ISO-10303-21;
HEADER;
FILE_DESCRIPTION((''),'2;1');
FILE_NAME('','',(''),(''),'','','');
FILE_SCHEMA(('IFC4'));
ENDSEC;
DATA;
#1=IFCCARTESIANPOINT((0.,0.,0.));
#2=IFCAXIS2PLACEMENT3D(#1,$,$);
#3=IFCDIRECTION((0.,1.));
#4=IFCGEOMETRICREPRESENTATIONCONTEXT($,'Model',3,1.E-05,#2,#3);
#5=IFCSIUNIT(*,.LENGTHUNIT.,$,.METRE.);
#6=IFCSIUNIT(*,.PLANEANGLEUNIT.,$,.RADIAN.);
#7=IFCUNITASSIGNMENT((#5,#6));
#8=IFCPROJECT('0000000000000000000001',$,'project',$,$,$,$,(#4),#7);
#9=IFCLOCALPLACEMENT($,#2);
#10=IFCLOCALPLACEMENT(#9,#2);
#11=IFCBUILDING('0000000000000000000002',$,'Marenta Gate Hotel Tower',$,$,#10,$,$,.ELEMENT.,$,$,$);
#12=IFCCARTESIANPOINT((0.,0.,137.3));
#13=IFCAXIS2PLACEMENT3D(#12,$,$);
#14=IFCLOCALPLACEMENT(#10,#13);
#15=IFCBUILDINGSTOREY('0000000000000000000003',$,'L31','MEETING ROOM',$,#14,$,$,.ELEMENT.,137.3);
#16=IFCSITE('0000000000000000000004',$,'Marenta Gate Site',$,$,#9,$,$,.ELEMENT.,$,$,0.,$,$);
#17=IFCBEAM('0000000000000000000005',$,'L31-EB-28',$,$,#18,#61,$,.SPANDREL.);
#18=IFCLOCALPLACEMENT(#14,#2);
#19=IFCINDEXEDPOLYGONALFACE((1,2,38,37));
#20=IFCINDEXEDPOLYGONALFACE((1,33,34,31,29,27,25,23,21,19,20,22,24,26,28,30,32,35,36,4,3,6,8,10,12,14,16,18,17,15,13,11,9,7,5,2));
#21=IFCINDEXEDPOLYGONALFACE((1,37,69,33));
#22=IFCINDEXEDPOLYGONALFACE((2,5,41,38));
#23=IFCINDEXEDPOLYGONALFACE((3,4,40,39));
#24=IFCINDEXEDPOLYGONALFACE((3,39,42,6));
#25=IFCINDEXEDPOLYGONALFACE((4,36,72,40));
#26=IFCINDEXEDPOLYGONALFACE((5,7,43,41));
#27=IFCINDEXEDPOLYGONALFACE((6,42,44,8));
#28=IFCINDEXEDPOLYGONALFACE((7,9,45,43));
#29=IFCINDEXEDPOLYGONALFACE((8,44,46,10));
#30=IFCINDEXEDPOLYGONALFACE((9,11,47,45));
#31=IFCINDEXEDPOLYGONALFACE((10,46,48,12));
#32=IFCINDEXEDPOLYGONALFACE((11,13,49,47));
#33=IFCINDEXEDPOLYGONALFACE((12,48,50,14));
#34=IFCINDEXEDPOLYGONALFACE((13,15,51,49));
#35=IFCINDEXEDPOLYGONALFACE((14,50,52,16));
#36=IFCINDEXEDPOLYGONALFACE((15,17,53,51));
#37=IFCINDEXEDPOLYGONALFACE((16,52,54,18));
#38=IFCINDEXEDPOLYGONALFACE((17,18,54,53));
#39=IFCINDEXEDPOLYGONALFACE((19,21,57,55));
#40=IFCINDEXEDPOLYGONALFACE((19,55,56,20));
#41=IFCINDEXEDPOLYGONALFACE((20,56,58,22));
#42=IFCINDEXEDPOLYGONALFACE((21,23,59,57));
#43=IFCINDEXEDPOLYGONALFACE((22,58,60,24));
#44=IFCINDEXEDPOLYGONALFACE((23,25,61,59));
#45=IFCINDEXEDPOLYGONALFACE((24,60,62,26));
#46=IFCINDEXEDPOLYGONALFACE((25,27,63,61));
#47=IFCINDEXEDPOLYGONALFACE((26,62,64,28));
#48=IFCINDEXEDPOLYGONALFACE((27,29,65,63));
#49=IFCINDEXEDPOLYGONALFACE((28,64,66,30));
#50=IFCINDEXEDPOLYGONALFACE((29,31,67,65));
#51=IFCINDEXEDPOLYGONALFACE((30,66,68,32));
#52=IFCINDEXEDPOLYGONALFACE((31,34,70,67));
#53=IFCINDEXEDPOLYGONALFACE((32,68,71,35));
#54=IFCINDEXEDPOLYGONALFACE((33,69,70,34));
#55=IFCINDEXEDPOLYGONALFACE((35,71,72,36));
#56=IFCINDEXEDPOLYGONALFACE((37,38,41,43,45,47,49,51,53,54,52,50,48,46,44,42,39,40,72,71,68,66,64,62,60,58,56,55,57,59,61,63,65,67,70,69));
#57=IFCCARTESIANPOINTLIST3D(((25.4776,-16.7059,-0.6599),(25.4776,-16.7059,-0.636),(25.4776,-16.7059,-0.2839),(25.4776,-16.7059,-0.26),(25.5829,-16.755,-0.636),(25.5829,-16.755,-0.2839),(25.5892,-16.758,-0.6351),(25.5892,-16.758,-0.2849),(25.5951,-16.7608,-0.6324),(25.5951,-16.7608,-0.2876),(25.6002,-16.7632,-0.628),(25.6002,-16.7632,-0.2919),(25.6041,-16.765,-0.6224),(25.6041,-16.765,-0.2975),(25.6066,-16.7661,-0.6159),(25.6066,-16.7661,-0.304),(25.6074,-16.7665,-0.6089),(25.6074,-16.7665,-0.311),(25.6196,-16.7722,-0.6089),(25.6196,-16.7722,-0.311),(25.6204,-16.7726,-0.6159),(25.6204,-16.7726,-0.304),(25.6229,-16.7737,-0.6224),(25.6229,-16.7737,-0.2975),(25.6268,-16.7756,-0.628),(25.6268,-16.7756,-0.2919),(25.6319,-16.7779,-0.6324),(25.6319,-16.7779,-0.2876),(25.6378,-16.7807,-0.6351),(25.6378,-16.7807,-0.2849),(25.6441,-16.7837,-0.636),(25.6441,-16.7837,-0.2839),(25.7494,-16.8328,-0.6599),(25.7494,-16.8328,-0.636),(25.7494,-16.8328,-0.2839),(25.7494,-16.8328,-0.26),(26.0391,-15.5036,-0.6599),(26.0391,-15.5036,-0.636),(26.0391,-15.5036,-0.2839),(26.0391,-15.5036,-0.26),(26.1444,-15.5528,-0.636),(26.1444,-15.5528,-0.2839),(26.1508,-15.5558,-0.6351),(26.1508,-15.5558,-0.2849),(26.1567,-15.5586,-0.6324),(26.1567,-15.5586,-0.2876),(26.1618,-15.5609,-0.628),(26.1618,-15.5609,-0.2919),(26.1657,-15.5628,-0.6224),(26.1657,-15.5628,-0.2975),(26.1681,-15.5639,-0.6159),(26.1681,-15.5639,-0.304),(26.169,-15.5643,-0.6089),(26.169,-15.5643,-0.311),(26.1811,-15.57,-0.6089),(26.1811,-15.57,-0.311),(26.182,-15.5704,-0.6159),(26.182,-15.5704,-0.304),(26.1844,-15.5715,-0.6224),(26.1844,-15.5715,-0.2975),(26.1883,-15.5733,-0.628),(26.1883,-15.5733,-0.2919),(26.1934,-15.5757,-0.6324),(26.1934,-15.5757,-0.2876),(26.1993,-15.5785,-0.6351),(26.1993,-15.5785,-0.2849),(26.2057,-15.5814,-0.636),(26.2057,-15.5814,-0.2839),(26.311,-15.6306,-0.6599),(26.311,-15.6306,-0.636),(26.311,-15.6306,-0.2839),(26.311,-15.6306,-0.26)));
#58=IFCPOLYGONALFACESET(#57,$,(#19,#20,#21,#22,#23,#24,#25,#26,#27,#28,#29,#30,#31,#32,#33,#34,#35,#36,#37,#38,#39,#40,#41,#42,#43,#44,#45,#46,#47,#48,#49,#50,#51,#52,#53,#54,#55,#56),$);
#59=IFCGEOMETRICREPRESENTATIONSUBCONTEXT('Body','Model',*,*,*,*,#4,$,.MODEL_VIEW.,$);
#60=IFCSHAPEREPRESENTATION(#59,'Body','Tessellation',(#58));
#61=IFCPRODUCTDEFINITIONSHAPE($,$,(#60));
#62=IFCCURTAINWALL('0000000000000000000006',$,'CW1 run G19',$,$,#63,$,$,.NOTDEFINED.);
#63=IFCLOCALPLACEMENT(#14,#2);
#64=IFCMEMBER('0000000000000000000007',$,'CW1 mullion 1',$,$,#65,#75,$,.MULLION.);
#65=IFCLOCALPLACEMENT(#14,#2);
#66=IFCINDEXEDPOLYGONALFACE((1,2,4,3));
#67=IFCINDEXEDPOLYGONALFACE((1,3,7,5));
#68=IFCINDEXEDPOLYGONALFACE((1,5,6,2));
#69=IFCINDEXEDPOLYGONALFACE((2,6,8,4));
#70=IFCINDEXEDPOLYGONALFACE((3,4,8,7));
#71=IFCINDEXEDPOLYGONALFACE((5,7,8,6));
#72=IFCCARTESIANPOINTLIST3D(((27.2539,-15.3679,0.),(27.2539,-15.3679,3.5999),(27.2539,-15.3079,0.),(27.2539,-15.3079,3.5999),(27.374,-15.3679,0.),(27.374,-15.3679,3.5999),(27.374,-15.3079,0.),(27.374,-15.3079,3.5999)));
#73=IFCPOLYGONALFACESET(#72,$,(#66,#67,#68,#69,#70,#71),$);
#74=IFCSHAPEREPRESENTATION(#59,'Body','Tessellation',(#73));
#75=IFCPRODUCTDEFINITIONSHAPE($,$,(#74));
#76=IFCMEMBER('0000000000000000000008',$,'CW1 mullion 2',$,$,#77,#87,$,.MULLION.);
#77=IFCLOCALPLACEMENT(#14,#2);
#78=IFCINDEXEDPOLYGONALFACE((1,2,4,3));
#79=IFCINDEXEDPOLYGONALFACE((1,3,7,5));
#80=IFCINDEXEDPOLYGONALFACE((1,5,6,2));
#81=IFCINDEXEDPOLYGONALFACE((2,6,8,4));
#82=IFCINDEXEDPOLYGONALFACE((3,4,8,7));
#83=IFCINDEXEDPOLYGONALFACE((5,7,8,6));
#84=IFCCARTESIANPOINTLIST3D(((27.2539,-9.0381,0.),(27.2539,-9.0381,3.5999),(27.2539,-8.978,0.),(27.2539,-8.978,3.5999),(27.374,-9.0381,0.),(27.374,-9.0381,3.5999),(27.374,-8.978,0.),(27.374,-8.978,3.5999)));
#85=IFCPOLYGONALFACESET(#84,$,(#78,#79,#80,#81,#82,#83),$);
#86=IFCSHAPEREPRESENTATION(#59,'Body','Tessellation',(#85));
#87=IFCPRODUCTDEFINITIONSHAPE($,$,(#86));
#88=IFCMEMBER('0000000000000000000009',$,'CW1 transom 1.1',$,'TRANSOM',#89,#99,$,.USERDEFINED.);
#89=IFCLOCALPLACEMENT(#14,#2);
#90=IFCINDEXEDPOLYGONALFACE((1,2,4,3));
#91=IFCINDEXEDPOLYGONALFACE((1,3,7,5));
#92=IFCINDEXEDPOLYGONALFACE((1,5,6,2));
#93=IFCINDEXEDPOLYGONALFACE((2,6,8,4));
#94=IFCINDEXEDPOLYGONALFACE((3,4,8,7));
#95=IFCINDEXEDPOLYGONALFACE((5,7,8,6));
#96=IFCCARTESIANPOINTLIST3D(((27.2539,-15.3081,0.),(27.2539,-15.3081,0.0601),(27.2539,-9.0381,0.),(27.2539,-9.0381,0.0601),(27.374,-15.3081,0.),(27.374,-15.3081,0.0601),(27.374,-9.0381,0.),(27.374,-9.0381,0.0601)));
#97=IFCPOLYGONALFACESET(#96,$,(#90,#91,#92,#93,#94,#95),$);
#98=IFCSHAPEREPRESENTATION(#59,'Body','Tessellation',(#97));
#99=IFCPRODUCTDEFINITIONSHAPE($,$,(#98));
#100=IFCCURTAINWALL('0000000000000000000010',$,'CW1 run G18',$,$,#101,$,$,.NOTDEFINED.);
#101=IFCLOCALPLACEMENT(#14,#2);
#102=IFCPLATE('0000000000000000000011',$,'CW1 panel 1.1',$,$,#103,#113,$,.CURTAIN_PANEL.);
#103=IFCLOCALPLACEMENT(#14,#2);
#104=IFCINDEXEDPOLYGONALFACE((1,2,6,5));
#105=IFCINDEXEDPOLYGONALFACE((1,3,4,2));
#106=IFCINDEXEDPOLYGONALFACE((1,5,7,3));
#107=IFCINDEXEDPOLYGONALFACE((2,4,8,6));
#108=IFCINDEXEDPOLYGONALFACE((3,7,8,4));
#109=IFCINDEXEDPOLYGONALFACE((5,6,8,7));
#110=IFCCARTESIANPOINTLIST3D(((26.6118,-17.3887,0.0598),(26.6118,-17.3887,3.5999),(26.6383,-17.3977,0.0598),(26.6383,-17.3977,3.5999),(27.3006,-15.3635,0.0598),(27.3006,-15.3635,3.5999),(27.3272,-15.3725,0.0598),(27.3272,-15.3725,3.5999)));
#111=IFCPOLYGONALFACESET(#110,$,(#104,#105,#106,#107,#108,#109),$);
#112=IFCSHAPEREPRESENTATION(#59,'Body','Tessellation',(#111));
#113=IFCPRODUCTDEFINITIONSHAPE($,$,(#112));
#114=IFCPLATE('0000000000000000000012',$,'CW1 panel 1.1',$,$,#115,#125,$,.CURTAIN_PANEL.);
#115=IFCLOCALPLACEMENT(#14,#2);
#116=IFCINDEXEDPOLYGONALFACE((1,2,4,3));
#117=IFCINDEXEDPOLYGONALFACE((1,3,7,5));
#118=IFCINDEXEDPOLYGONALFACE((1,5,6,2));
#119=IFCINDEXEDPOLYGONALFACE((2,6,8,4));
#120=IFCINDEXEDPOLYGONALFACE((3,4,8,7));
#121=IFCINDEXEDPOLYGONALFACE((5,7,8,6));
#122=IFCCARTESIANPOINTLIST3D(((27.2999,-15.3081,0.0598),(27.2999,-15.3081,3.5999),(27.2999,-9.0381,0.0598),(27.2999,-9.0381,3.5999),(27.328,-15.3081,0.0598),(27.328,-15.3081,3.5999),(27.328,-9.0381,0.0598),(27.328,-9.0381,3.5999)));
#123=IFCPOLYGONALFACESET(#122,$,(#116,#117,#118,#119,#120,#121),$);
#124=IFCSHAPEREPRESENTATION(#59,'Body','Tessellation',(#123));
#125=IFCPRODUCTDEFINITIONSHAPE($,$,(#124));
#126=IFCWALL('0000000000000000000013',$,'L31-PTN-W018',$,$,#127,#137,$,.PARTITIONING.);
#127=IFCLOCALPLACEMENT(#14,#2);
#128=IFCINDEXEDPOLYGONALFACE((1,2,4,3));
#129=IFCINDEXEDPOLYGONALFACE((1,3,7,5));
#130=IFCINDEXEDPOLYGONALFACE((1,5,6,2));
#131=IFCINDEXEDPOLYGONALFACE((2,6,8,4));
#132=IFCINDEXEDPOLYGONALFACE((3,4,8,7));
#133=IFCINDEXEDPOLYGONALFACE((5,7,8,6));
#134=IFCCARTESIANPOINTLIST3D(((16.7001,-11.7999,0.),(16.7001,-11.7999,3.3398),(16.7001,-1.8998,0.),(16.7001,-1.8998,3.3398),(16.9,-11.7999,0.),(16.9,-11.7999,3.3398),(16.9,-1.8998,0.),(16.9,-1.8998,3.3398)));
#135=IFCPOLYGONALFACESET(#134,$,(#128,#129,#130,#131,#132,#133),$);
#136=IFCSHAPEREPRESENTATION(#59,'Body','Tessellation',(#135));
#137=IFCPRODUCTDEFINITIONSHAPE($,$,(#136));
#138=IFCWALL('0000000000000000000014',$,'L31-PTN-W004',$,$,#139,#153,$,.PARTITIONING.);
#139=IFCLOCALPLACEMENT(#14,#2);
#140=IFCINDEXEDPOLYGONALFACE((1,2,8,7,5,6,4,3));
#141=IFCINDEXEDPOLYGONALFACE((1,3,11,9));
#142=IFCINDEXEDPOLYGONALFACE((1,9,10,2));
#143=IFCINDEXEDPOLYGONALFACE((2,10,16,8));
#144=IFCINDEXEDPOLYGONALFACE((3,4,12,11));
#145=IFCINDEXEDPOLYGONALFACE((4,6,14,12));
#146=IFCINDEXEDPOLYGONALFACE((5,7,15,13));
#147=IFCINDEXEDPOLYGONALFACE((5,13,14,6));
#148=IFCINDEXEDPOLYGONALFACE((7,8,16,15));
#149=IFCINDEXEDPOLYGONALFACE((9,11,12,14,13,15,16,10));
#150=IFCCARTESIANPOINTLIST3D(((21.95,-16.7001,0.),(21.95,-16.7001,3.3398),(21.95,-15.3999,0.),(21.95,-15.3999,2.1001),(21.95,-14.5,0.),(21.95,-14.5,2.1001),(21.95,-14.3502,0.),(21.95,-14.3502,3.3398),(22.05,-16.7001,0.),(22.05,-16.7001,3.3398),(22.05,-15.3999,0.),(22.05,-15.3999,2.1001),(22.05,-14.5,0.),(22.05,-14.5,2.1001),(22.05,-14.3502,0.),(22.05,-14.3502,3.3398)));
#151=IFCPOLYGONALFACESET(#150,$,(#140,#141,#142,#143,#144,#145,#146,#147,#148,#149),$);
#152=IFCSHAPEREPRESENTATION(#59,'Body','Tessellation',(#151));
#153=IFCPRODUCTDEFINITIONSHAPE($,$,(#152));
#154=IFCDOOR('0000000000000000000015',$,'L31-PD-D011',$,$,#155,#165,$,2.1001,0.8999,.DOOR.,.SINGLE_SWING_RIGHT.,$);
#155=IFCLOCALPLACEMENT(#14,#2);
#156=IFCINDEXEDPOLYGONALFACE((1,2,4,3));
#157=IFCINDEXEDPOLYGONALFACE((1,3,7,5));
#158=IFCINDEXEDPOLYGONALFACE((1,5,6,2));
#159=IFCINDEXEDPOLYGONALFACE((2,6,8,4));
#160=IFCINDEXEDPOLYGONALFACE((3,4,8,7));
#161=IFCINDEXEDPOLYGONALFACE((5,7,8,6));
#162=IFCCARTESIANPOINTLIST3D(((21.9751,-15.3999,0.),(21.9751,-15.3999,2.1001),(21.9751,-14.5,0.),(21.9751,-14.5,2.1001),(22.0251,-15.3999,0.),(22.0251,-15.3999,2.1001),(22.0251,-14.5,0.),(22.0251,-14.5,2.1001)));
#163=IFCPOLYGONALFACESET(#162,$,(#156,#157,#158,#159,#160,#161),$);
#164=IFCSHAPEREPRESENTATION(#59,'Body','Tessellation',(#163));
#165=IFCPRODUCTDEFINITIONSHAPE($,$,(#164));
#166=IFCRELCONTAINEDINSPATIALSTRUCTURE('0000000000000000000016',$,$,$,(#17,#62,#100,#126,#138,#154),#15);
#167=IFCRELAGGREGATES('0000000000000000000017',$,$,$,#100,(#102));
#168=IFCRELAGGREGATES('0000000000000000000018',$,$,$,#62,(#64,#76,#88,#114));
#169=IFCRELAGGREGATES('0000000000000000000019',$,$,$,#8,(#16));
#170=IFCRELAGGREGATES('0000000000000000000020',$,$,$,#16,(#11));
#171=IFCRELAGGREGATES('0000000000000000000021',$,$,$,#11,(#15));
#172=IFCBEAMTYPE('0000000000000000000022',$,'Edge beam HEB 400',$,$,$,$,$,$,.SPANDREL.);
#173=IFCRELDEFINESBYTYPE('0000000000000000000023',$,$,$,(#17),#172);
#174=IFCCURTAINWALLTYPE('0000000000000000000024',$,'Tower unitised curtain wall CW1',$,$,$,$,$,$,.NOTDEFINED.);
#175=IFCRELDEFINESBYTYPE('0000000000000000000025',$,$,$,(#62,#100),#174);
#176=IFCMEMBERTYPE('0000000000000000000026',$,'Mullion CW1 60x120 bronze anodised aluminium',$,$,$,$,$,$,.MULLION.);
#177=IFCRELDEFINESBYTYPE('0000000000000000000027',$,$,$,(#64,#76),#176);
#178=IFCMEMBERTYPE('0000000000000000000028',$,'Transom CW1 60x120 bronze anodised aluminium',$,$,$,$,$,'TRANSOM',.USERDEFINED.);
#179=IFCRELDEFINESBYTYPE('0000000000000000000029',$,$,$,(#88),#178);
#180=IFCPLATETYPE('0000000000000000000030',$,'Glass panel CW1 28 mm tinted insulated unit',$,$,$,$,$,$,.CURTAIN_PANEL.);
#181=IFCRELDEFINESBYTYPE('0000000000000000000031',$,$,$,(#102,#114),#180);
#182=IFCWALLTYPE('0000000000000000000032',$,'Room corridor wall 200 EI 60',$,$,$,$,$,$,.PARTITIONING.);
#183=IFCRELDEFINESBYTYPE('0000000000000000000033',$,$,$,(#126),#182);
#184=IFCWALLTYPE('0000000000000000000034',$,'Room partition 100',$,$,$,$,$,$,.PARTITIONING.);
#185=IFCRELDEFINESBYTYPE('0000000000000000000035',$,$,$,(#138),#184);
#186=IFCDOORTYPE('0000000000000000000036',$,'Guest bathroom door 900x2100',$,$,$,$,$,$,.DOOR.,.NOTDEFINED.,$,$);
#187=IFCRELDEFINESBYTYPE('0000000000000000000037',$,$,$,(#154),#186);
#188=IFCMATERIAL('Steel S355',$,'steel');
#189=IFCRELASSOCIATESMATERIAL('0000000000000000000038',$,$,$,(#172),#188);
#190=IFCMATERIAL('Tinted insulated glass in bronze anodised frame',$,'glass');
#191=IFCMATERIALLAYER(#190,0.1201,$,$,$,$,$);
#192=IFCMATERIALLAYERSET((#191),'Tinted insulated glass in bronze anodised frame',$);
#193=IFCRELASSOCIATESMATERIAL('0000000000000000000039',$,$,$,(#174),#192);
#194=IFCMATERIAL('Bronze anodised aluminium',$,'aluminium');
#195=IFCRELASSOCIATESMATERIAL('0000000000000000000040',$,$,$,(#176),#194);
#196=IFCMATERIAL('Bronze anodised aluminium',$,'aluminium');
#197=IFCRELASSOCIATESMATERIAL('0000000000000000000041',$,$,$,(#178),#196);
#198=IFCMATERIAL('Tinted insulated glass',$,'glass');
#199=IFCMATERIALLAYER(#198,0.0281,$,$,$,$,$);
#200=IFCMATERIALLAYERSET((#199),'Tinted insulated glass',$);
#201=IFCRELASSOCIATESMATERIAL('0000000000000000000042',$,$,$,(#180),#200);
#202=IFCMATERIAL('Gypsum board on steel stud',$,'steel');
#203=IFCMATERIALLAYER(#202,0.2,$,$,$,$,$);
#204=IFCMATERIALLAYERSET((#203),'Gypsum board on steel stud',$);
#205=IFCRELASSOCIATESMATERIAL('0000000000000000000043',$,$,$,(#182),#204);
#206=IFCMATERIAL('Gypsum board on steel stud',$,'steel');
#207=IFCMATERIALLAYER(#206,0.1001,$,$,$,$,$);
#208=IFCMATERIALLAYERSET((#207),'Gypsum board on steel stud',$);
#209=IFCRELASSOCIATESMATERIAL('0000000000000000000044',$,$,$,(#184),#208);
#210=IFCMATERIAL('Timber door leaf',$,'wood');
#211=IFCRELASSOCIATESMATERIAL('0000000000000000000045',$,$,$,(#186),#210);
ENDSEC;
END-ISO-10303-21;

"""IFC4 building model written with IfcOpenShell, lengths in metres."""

from ifc_helpers import new_model, si_unit, direction, frame, frame_2d, origin, origin_2d, place, context, subcontext, project, spatial, rectangle, i_section, extrude, material, layer, layer_set, material_profile, profile_set, type_object, element, fill, aggregate, save


model = new_model("IFC4")

# Units and contexts
model_context = context("Model", 3, precision=1e-05, world=origin(), true_north=direction((0.0, 1.0)))
body_context = subcontext(model_context, "Body", "Model", "MODEL_VIEW")
ifc_project = project(units=[si_unit("LENGTHUNIT", "METRE"), si_unit("PLANEANGLEUNIT", "RADIAN")], contexts=[model_context])

# Site, building, storey
site_placement = place(None, origin())
site = spatial("IfcSite", under=ifc_project, at=site_placement, Name="Marenta Gate Site", CompositionType="ELEMENT", RefElevation=0.0)
building_placement = place(site_placement, origin())
building = spatial("IfcBuilding", under=site, at=building_placement, Name="Marenta Gate Hotel Tower", CompositionType="ELEMENT")
storey_placement = place(building_placement, frame((0.0, 0.0, 137.3)))
storey = spatial("IfcBuildingStorey", under=building, at=storey_placement, Name="L31", Description="MEETING ROOM", CompositionType="ELEMENT", Elevation=137.3)

# Beam
ifc_material_1 = material(Name="Steel S355", Category="steel")
ifc_material_profile_1 = material_profile(ifc_material_1, i_section(OverallWidth=0.3, OverallDepth=0.3999, WebThickness=0.0134, FlangeThickness=0.0239, FilletRadius=0.0271, at=origin_2d()), Name="HEB 400")
ifc_profile_set_1 = profile_set([ifc_material_profile_1], Name="Steel S355")
beam_type = type_object("IfcBeamType", Name="Edge beam HEB 400", PredefinedType="SPANDREL", material=ifc_profile_set_1)
beam_1_placement = place(storey_placement, frame((26.175, -15.5671, -0.46), z_axis=(-0.423208, -0.906033, 0.0), x_axis=(0.906033, -0.423208, 0.0)))
element("IfcBeam", 1, at=beam_1_placement, inside=storey, type_object=beam_type, Name="L31-EB-28", PredefinedType="SPANDREL", context=body_context, shape_type="SweptSolid", body=[
    extrude(i_section(OverallWidth=0.3, OverallDepth=0.3999, WebThickness=0.0134, FlangeThickness=0.0239, FilletRadius=0.0271, at=origin_2d()), origin(), (0.0, 0.0, 1.0), 1.3269),
])

# Curtain wall, members
ifc_material_2 = material(Name="Tinted insulated glass in bronze anodised frame", Category="glass")
ifc_layer_1 = layer(ifc_material_2, 0.1201)
ifc_layer_set_1 = layer_set([ifc_layer_1], Name="Tinted insulated glass in bronze anodised frame")
curtain_wall_type = type_object("IfcCurtainWallType", Name="Tower unitised curtain wall CW1", PredefinedType="NOTDEFINED", material=ifc_layer_set_1)
curtain_wall_1_placement = place(storey_placement, origin())
curtain_wall_1 = element("IfcCurtainWall", 2, at=curtain_wall_1_placement, inside=storey, type_object=curtain_wall_type, Name="CW1 run G19", PredefinedType="NOTDEFINED")
ifc_material_3 = material(Name="Bronze anodised aluminium", Category="aluminium")
ifc_material_profile_2 = material_profile(ifc_material_3, rectangle(XDim=0.1201, YDim=0.0601, at=origin_2d()), Name="Mullion CW1 60x120 bronze anodised aluminium")
ifc_profile_set_2 = profile_set([ifc_material_profile_2], Name="Bronze anodised aluminium")
member_type_1 = type_object("IfcMemberType", Name="Mullion CW1 60x120 bronze anodised aluminium", PredefinedType="MULLION", material=ifc_profile_set_2)
member_1_placement = place(storey_placement, frame((27.314, -15.3379, 0.0), z_axis=(0.0, 0.0, 1.0), x_axis=(-1.0, 0.0, 0.0)))
member_1 = element("IfcMember", 3, at=member_1_placement, type_object=member_type_1, Name="CW1 mullion 1", PredefinedType="MULLION", context=body_context, shape_type="SweptSolid", body=[
    extrude(rectangle(XDim=0.1201, YDim=0.0601, at=origin_2d()), origin(), (0.0, 0.0, 1.0), 3.5999),
])
member_2_placement = place(storey_placement, frame((27.314, -9.0081, 0.0), z_axis=(0.0, 0.0, 1.0), x_axis=(-1.0, 0.0, 0.0)))
member_2 = element("IfcMember", 4, at=member_2_placement, type_object=member_type_1, Name="CW1 mullion 2", PredefinedType="MULLION", context=body_context, shape_type="SweptSolid", body=[
    extrude(rectangle(XDim=0.1201, YDim=0.0601, at=origin_2d()), origin(), (0.0, 0.0, 1.0), 3.5999),
])
ifc_material_4 = material(Name="Bronze anodised aluminium", Category="aluminium")
ifc_material_profile_3 = material_profile(ifc_material_4, rectangle(XDim=0.1201, YDim=0.0601, at=origin_2d()), Name="Transom CW1 60x120 bronze anodised aluminium")
ifc_profile_set_3 = profile_set([ifc_material_profile_3], Name="Bronze anodised aluminium")
member_type_2 = type_object("IfcMemberType", Name="Transom CW1 60x120 bronze anodised aluminium", ElementType="TRANSOM", PredefinedType="USERDEFINED", material=ifc_profile_set_3)
member_3_placement = place(storey_placement, frame((27.314, -15.3081, 0.03), z_axis=(0.0, 1.0, 0.0), x_axis=(-1.0, 0.0, 0.0)))
member_3 = element("IfcMember", 5, at=member_3_placement, type_object=member_type_2, Name="CW1 transom 1.1", ObjectType="TRANSOM", PredefinedType="USERDEFINED", context=body_context, shape_type="SweptSolid", body=[
    extrude(rectangle(XDim=0.1201, YDim=0.0601, at=origin_2d()), origin(), (0.0, 0.0, 1.0), 6.27),
])

# Curtain wall, plate
curtain_wall_2_placement = place(storey_placement, origin())
curtain_wall_2 = element("IfcCurtainWall", 6, at=curtain_wall_2_placement, inside=storey, type_object=curtain_wall_type, Name="CW1 run G18", PredefinedType="NOTDEFINED")
ifc_material_5 = material(Name="Tinted insulated glass", Category="glass")
ifc_layer_2 = layer(ifc_material_5, 0.0281)
ifc_layer_set_2 = layer_set([ifc_layer_2], Name="Tinted insulated glass")
plate_type = type_object("IfcPlateType", Name="Glass panel CW1 28 mm tinted insulated unit", PredefinedType="CURTAIN_PANEL", material=ifc_layer_set_2)
plate_1_placement = place(storey_placement, frame((26.9695, -16.3806, 0.0598), z_axis=(0.0, 0.0, 1.0), x_axis=(0.322033, 0.946728, 0.0)))
plate_1 = element("IfcPlate", 7, at=plate_1_placement, type_object=plate_type, Name="CW1 panel 1.1", PredefinedType="CURTAIN_PANEL", context=body_context, shape_type="SweptSolid", body=[
    extrude(rectangle(XDim=2.1392, YDim=0.0281, at=origin_2d()), origin(), (0.0, 0.0, 1.0), 3.54),
])
aggregate(curtain_wall_2, [plate_1])

# Plate
plate_2_placement = place(storey_placement, frame((27.314, -12.1731, 0.0598), z_axis=(0.0, 0.0, 1.0), x_axis=(0.0, 1.0, 0.0)))
plate_2 = element("IfcPlate", 8, at=plate_2_placement, type_object=plate_type, Name="CW1 panel 1.1", PredefinedType="CURTAIN_PANEL", context=body_context, shape_type="SweptSolid", body=[
    extrude(rectangle(XDim=6.27, YDim=0.0281, at=origin_2d()), origin(), (0.0, 0.0, 1.0), 3.54),
])
aggregate(curtain_wall_1, [member_1, member_2, member_3, plate_2])

# Wall
ifc_material_6 = material(Name="Gypsum board on steel stud", Category="steel")
ifc_layer_3 = layer(ifc_material_6, 0.2)
ifc_layer_set_3 = layer_set([ifc_layer_3], Name="Gypsum board on steel stud")
wall_type_1 = type_object("IfcWallType", Name="Room corridor wall 200 EI 60", PredefinedType="PARTITIONING", material=ifc_layer_set_3)
wall_1_placement = place(storey_placement, frame((16.8, -11.8, 0.0), z_axis=(0.0, 0.0, 1.0), x_axis=(0.0, 1.0, 0.0)))
element("IfcWall", 9, at=wall_1_placement, inside=storey, type_object=wall_type_1, Name="L31-PTN-W018", PredefinedType="PARTITIONING", context=body_context, shape_type="SweptSolid", body=[
    extrude(rectangle(XDim=9.9001, YDim=0.2, at=frame_2d((4.9502, 0.0))), origin(), (0.0, 0.0, 1.0), 3.3398),
])

# Wall, opening, door
ifc_material_7 = material(Name="Gypsum board on steel stud", Category="steel")
ifc_layer_4 = layer(ifc_material_7, 0.1001)
ifc_layer_set_4 = layer_set([ifc_layer_4], Name="Gypsum board on steel stud")
wall_type_2 = type_object("IfcWallType", Name="Room partition 100", PredefinedType="PARTITIONING", material=ifc_layer_set_4)
wall_2_placement = place(storey_placement, frame((22.0, -16.7, 0.0), z_axis=(0.0, 0.0, 1.0), x_axis=(0.0, 1.0, 0.0)))
wall_2 = element("IfcWall", 10, at=wall_2_placement, inside=storey, type_object=wall_type_2, Name="L31-PTN-W004", PredefinedType="PARTITIONING", context=body_context, shape_type="SweptSolid", body=[
    extrude(rectangle(XDim=2.3499, YDim=0.1001, at=frame_2d((1.1748, 0.0))), origin(), (0.0, 0.0, 1.0), 3.3398),
])
opening_1_placement = place(wall_2_placement, frame((1.3, 0.0, 0.0)))
opening_1 = element("IfcOpeningElement", 11, at=opening_1_placement, cuts=wall_2, PredefinedType="OPENING", context=body_context, shape_type="SweptSolid", body=[
    extrude(rectangle(XDim=0.8999, YDim=2.1001, at=frame_2d((0.45, 1.05))), frame((0.0, 0.05, 0.0), z_axis=(0.0, -1.0, 0.0), x_axis=(1.0, 0.0, 0.0)), (0.0, 0.0, 1.0), 0.1001),
])
ifc_material_8 = material(Name="Timber door leaf", Category="wood")
door_type = type_object("IfcDoorType", Name="Guest bathroom door 900x2100", OperationType="NOTDEFINED", PredefinedType="DOOR", material=ifc_material_8)
door_1_placement = place(opening_1_placement, origin())
door_1 = element("IfcDoor", 12, at=door_1_placement, inside=storey, type_object=door_type, Name="L31-PD-D011", OperationType="SINGLE_SWING_RIGHT", OverallHeight=2.1001, OverallWidth=0.8999, PredefinedType="DOOR", context=body_context, shape_type="SweptSolid", body=[
    extrude(rectangle(XDim=0.8999, YDim=2.1001, at=frame_2d((0.45, 1.05))), frame((0.0, 0.0249, 0.0), z_axis=(0.0, -1.0, 0.0), x_axis=(1.0, 0.0, 0.0)), (0.0, 0.0, 1.0), 0.05),
])
fill(opening_1, door_1)

save(model, "model.ifc")
